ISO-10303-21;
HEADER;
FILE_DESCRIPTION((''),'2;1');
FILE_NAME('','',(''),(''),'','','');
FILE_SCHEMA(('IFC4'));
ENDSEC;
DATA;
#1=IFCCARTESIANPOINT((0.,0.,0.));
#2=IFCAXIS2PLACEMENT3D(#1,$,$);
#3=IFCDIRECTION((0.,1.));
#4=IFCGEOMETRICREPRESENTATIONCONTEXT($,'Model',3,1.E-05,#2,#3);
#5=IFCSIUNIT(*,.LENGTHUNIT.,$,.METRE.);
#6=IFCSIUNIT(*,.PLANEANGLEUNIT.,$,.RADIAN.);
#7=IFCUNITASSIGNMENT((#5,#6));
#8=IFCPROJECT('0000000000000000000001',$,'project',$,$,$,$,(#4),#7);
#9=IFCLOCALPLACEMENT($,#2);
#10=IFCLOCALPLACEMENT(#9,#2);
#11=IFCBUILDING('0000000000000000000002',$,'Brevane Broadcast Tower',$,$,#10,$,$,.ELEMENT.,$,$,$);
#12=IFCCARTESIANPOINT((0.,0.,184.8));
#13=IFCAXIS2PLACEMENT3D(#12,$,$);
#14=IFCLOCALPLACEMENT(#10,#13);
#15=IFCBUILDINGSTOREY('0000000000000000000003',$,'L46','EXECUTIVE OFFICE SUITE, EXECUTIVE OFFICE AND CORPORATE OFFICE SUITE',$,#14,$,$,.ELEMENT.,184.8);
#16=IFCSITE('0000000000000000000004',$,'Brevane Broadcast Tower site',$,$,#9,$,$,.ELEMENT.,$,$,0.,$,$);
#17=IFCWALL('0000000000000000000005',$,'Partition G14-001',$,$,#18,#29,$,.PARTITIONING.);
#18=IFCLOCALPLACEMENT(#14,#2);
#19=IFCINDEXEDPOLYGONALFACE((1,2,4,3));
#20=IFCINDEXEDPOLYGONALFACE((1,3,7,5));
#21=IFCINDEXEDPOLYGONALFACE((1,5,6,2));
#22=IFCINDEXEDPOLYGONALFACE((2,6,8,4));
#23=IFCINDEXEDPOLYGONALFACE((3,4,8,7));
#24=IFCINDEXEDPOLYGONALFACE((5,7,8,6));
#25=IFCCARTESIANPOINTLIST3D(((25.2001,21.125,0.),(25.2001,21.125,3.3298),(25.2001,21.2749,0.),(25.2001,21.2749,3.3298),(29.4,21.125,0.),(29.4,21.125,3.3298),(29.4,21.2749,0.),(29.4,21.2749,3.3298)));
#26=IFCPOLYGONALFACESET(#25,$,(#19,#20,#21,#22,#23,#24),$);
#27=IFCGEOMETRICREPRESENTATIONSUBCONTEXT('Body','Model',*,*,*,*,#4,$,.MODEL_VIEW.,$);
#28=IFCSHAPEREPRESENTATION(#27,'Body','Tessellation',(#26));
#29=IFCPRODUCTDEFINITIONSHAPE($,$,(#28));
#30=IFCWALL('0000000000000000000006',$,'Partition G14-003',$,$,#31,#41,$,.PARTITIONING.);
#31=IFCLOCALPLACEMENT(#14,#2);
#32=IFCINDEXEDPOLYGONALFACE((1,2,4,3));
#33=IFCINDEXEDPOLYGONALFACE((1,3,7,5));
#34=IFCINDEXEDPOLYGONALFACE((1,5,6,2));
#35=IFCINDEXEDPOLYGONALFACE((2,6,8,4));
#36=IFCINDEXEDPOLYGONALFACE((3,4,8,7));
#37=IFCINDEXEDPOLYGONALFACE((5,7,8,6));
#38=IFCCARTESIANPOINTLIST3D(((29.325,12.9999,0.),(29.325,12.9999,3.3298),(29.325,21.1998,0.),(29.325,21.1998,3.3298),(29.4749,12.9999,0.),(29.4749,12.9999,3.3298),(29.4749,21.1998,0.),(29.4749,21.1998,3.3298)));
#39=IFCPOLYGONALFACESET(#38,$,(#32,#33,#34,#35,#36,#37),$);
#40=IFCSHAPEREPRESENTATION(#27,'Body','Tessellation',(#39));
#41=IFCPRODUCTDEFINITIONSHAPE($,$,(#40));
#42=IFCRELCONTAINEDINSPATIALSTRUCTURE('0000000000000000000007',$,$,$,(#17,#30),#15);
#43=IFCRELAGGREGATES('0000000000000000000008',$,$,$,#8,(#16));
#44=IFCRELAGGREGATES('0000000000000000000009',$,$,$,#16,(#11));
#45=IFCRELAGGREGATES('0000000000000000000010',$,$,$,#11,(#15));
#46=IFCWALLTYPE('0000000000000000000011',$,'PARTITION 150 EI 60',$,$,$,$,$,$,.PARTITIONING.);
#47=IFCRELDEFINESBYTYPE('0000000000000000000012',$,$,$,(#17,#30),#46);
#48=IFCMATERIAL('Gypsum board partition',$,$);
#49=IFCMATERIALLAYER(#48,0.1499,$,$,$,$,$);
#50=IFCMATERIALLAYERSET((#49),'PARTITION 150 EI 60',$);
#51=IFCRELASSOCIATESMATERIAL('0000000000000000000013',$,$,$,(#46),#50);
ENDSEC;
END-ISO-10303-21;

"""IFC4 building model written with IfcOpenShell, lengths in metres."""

from ifc_helpers import new_model, si_unit, direction, frame, frame_2d, origin, place, context, subcontext, project, spatial, rectangle, extrude, material, layer, layer_set, type_object, element, save


model = new_model("IFC4")

# Units and contexts
model_context = context("Model", 3, precision=1e-05, world=origin(), true_north=direction((0.0, 1.0)))
body_context = subcontext(model_context, "Body", "Model", "MODEL_VIEW")
ifc_project = project(units=[si_unit("LENGTHUNIT", "METRE"), si_unit("PLANEANGLEUNIT", "RADIAN")], contexts=[model_context])

# Site, building, storey
site_placement = place(None, origin())
site = spatial("IfcSite", under=ifc_project, at=site_placement, Name="Brevane Broadcast Tower site", CompositionType="ELEMENT", RefElevation=0.0)
building_placement = place(site_placement, origin())
building = spatial("IfcBuilding", under=site, at=building_placement, Name="Brevane Broadcast Tower", CompositionType="ELEMENT")
storey_placement = place(building_placement, frame((0.0, 0.0, 184.8)))
storey = spatial("IfcBuildingStorey", under=building, at=storey_placement, Name="L46", Description="EXECUTIVE OFFICE SUITE, EXECUTIVE OFFICE AND CORPORATE OFFICE SUITE", CompositionType="ELEMENT", Elevation=184.8)

# Walls
ifc_material_1 = material(Name="Gypsum board partition")
ifc_layer_1 = layer(ifc_material_1, 0.1499)
ifc_layer_set_1 = layer_set([ifc_layer_1], Name="PARTITION 150 EI 60")
wall_type_1 = type_object("IfcWallType", Name="PARTITION 150 EI 60", PredefinedType="PARTITIONING", material=ifc_layer_set_1)
wall_1_placement = place(storey_placement, frame((25.2, 21.2, 0.0), z_axis=(0.0, 0.0, 1.0), x_axis=(1.0, 0.0, 0.0)))
element("IfcWall", 1, at=wall_1_placement, inside=storey, type_object=wall_type_1, Name="Partition G14-001", PredefinedType="PARTITIONING", context=body_context, shape_type="SweptSolid", body=[
    extrude(rectangle(XDim=4.2, YDim=0.1499, at=frame_2d((2.1001, 0.0))), origin(), (0.0, 0.0, 1.0), 3.3298),
])
wall_2_placement = place(storey_placement, frame((29.3999, 21.2, 0.0), z_axis=(0.0, 0.0, 1.0), x_axis=(0.0, -1.0, 0.0)))
element("IfcWall", 2, at=wall_2_placement, inside=storey, type_object=wall_type_1, Name="Partition G14-003", PredefinedType="PARTITIONING", context=body_context, shape_type="SweptSolid", body=[
    extrude(rectangle(XDim=8.2, YDim=0.1499, at=frame_2d((4.1001, 0.0))), origin(), (0.0, 0.0, 1.0), 3.3298),
])

save(model, "model.ifc")
